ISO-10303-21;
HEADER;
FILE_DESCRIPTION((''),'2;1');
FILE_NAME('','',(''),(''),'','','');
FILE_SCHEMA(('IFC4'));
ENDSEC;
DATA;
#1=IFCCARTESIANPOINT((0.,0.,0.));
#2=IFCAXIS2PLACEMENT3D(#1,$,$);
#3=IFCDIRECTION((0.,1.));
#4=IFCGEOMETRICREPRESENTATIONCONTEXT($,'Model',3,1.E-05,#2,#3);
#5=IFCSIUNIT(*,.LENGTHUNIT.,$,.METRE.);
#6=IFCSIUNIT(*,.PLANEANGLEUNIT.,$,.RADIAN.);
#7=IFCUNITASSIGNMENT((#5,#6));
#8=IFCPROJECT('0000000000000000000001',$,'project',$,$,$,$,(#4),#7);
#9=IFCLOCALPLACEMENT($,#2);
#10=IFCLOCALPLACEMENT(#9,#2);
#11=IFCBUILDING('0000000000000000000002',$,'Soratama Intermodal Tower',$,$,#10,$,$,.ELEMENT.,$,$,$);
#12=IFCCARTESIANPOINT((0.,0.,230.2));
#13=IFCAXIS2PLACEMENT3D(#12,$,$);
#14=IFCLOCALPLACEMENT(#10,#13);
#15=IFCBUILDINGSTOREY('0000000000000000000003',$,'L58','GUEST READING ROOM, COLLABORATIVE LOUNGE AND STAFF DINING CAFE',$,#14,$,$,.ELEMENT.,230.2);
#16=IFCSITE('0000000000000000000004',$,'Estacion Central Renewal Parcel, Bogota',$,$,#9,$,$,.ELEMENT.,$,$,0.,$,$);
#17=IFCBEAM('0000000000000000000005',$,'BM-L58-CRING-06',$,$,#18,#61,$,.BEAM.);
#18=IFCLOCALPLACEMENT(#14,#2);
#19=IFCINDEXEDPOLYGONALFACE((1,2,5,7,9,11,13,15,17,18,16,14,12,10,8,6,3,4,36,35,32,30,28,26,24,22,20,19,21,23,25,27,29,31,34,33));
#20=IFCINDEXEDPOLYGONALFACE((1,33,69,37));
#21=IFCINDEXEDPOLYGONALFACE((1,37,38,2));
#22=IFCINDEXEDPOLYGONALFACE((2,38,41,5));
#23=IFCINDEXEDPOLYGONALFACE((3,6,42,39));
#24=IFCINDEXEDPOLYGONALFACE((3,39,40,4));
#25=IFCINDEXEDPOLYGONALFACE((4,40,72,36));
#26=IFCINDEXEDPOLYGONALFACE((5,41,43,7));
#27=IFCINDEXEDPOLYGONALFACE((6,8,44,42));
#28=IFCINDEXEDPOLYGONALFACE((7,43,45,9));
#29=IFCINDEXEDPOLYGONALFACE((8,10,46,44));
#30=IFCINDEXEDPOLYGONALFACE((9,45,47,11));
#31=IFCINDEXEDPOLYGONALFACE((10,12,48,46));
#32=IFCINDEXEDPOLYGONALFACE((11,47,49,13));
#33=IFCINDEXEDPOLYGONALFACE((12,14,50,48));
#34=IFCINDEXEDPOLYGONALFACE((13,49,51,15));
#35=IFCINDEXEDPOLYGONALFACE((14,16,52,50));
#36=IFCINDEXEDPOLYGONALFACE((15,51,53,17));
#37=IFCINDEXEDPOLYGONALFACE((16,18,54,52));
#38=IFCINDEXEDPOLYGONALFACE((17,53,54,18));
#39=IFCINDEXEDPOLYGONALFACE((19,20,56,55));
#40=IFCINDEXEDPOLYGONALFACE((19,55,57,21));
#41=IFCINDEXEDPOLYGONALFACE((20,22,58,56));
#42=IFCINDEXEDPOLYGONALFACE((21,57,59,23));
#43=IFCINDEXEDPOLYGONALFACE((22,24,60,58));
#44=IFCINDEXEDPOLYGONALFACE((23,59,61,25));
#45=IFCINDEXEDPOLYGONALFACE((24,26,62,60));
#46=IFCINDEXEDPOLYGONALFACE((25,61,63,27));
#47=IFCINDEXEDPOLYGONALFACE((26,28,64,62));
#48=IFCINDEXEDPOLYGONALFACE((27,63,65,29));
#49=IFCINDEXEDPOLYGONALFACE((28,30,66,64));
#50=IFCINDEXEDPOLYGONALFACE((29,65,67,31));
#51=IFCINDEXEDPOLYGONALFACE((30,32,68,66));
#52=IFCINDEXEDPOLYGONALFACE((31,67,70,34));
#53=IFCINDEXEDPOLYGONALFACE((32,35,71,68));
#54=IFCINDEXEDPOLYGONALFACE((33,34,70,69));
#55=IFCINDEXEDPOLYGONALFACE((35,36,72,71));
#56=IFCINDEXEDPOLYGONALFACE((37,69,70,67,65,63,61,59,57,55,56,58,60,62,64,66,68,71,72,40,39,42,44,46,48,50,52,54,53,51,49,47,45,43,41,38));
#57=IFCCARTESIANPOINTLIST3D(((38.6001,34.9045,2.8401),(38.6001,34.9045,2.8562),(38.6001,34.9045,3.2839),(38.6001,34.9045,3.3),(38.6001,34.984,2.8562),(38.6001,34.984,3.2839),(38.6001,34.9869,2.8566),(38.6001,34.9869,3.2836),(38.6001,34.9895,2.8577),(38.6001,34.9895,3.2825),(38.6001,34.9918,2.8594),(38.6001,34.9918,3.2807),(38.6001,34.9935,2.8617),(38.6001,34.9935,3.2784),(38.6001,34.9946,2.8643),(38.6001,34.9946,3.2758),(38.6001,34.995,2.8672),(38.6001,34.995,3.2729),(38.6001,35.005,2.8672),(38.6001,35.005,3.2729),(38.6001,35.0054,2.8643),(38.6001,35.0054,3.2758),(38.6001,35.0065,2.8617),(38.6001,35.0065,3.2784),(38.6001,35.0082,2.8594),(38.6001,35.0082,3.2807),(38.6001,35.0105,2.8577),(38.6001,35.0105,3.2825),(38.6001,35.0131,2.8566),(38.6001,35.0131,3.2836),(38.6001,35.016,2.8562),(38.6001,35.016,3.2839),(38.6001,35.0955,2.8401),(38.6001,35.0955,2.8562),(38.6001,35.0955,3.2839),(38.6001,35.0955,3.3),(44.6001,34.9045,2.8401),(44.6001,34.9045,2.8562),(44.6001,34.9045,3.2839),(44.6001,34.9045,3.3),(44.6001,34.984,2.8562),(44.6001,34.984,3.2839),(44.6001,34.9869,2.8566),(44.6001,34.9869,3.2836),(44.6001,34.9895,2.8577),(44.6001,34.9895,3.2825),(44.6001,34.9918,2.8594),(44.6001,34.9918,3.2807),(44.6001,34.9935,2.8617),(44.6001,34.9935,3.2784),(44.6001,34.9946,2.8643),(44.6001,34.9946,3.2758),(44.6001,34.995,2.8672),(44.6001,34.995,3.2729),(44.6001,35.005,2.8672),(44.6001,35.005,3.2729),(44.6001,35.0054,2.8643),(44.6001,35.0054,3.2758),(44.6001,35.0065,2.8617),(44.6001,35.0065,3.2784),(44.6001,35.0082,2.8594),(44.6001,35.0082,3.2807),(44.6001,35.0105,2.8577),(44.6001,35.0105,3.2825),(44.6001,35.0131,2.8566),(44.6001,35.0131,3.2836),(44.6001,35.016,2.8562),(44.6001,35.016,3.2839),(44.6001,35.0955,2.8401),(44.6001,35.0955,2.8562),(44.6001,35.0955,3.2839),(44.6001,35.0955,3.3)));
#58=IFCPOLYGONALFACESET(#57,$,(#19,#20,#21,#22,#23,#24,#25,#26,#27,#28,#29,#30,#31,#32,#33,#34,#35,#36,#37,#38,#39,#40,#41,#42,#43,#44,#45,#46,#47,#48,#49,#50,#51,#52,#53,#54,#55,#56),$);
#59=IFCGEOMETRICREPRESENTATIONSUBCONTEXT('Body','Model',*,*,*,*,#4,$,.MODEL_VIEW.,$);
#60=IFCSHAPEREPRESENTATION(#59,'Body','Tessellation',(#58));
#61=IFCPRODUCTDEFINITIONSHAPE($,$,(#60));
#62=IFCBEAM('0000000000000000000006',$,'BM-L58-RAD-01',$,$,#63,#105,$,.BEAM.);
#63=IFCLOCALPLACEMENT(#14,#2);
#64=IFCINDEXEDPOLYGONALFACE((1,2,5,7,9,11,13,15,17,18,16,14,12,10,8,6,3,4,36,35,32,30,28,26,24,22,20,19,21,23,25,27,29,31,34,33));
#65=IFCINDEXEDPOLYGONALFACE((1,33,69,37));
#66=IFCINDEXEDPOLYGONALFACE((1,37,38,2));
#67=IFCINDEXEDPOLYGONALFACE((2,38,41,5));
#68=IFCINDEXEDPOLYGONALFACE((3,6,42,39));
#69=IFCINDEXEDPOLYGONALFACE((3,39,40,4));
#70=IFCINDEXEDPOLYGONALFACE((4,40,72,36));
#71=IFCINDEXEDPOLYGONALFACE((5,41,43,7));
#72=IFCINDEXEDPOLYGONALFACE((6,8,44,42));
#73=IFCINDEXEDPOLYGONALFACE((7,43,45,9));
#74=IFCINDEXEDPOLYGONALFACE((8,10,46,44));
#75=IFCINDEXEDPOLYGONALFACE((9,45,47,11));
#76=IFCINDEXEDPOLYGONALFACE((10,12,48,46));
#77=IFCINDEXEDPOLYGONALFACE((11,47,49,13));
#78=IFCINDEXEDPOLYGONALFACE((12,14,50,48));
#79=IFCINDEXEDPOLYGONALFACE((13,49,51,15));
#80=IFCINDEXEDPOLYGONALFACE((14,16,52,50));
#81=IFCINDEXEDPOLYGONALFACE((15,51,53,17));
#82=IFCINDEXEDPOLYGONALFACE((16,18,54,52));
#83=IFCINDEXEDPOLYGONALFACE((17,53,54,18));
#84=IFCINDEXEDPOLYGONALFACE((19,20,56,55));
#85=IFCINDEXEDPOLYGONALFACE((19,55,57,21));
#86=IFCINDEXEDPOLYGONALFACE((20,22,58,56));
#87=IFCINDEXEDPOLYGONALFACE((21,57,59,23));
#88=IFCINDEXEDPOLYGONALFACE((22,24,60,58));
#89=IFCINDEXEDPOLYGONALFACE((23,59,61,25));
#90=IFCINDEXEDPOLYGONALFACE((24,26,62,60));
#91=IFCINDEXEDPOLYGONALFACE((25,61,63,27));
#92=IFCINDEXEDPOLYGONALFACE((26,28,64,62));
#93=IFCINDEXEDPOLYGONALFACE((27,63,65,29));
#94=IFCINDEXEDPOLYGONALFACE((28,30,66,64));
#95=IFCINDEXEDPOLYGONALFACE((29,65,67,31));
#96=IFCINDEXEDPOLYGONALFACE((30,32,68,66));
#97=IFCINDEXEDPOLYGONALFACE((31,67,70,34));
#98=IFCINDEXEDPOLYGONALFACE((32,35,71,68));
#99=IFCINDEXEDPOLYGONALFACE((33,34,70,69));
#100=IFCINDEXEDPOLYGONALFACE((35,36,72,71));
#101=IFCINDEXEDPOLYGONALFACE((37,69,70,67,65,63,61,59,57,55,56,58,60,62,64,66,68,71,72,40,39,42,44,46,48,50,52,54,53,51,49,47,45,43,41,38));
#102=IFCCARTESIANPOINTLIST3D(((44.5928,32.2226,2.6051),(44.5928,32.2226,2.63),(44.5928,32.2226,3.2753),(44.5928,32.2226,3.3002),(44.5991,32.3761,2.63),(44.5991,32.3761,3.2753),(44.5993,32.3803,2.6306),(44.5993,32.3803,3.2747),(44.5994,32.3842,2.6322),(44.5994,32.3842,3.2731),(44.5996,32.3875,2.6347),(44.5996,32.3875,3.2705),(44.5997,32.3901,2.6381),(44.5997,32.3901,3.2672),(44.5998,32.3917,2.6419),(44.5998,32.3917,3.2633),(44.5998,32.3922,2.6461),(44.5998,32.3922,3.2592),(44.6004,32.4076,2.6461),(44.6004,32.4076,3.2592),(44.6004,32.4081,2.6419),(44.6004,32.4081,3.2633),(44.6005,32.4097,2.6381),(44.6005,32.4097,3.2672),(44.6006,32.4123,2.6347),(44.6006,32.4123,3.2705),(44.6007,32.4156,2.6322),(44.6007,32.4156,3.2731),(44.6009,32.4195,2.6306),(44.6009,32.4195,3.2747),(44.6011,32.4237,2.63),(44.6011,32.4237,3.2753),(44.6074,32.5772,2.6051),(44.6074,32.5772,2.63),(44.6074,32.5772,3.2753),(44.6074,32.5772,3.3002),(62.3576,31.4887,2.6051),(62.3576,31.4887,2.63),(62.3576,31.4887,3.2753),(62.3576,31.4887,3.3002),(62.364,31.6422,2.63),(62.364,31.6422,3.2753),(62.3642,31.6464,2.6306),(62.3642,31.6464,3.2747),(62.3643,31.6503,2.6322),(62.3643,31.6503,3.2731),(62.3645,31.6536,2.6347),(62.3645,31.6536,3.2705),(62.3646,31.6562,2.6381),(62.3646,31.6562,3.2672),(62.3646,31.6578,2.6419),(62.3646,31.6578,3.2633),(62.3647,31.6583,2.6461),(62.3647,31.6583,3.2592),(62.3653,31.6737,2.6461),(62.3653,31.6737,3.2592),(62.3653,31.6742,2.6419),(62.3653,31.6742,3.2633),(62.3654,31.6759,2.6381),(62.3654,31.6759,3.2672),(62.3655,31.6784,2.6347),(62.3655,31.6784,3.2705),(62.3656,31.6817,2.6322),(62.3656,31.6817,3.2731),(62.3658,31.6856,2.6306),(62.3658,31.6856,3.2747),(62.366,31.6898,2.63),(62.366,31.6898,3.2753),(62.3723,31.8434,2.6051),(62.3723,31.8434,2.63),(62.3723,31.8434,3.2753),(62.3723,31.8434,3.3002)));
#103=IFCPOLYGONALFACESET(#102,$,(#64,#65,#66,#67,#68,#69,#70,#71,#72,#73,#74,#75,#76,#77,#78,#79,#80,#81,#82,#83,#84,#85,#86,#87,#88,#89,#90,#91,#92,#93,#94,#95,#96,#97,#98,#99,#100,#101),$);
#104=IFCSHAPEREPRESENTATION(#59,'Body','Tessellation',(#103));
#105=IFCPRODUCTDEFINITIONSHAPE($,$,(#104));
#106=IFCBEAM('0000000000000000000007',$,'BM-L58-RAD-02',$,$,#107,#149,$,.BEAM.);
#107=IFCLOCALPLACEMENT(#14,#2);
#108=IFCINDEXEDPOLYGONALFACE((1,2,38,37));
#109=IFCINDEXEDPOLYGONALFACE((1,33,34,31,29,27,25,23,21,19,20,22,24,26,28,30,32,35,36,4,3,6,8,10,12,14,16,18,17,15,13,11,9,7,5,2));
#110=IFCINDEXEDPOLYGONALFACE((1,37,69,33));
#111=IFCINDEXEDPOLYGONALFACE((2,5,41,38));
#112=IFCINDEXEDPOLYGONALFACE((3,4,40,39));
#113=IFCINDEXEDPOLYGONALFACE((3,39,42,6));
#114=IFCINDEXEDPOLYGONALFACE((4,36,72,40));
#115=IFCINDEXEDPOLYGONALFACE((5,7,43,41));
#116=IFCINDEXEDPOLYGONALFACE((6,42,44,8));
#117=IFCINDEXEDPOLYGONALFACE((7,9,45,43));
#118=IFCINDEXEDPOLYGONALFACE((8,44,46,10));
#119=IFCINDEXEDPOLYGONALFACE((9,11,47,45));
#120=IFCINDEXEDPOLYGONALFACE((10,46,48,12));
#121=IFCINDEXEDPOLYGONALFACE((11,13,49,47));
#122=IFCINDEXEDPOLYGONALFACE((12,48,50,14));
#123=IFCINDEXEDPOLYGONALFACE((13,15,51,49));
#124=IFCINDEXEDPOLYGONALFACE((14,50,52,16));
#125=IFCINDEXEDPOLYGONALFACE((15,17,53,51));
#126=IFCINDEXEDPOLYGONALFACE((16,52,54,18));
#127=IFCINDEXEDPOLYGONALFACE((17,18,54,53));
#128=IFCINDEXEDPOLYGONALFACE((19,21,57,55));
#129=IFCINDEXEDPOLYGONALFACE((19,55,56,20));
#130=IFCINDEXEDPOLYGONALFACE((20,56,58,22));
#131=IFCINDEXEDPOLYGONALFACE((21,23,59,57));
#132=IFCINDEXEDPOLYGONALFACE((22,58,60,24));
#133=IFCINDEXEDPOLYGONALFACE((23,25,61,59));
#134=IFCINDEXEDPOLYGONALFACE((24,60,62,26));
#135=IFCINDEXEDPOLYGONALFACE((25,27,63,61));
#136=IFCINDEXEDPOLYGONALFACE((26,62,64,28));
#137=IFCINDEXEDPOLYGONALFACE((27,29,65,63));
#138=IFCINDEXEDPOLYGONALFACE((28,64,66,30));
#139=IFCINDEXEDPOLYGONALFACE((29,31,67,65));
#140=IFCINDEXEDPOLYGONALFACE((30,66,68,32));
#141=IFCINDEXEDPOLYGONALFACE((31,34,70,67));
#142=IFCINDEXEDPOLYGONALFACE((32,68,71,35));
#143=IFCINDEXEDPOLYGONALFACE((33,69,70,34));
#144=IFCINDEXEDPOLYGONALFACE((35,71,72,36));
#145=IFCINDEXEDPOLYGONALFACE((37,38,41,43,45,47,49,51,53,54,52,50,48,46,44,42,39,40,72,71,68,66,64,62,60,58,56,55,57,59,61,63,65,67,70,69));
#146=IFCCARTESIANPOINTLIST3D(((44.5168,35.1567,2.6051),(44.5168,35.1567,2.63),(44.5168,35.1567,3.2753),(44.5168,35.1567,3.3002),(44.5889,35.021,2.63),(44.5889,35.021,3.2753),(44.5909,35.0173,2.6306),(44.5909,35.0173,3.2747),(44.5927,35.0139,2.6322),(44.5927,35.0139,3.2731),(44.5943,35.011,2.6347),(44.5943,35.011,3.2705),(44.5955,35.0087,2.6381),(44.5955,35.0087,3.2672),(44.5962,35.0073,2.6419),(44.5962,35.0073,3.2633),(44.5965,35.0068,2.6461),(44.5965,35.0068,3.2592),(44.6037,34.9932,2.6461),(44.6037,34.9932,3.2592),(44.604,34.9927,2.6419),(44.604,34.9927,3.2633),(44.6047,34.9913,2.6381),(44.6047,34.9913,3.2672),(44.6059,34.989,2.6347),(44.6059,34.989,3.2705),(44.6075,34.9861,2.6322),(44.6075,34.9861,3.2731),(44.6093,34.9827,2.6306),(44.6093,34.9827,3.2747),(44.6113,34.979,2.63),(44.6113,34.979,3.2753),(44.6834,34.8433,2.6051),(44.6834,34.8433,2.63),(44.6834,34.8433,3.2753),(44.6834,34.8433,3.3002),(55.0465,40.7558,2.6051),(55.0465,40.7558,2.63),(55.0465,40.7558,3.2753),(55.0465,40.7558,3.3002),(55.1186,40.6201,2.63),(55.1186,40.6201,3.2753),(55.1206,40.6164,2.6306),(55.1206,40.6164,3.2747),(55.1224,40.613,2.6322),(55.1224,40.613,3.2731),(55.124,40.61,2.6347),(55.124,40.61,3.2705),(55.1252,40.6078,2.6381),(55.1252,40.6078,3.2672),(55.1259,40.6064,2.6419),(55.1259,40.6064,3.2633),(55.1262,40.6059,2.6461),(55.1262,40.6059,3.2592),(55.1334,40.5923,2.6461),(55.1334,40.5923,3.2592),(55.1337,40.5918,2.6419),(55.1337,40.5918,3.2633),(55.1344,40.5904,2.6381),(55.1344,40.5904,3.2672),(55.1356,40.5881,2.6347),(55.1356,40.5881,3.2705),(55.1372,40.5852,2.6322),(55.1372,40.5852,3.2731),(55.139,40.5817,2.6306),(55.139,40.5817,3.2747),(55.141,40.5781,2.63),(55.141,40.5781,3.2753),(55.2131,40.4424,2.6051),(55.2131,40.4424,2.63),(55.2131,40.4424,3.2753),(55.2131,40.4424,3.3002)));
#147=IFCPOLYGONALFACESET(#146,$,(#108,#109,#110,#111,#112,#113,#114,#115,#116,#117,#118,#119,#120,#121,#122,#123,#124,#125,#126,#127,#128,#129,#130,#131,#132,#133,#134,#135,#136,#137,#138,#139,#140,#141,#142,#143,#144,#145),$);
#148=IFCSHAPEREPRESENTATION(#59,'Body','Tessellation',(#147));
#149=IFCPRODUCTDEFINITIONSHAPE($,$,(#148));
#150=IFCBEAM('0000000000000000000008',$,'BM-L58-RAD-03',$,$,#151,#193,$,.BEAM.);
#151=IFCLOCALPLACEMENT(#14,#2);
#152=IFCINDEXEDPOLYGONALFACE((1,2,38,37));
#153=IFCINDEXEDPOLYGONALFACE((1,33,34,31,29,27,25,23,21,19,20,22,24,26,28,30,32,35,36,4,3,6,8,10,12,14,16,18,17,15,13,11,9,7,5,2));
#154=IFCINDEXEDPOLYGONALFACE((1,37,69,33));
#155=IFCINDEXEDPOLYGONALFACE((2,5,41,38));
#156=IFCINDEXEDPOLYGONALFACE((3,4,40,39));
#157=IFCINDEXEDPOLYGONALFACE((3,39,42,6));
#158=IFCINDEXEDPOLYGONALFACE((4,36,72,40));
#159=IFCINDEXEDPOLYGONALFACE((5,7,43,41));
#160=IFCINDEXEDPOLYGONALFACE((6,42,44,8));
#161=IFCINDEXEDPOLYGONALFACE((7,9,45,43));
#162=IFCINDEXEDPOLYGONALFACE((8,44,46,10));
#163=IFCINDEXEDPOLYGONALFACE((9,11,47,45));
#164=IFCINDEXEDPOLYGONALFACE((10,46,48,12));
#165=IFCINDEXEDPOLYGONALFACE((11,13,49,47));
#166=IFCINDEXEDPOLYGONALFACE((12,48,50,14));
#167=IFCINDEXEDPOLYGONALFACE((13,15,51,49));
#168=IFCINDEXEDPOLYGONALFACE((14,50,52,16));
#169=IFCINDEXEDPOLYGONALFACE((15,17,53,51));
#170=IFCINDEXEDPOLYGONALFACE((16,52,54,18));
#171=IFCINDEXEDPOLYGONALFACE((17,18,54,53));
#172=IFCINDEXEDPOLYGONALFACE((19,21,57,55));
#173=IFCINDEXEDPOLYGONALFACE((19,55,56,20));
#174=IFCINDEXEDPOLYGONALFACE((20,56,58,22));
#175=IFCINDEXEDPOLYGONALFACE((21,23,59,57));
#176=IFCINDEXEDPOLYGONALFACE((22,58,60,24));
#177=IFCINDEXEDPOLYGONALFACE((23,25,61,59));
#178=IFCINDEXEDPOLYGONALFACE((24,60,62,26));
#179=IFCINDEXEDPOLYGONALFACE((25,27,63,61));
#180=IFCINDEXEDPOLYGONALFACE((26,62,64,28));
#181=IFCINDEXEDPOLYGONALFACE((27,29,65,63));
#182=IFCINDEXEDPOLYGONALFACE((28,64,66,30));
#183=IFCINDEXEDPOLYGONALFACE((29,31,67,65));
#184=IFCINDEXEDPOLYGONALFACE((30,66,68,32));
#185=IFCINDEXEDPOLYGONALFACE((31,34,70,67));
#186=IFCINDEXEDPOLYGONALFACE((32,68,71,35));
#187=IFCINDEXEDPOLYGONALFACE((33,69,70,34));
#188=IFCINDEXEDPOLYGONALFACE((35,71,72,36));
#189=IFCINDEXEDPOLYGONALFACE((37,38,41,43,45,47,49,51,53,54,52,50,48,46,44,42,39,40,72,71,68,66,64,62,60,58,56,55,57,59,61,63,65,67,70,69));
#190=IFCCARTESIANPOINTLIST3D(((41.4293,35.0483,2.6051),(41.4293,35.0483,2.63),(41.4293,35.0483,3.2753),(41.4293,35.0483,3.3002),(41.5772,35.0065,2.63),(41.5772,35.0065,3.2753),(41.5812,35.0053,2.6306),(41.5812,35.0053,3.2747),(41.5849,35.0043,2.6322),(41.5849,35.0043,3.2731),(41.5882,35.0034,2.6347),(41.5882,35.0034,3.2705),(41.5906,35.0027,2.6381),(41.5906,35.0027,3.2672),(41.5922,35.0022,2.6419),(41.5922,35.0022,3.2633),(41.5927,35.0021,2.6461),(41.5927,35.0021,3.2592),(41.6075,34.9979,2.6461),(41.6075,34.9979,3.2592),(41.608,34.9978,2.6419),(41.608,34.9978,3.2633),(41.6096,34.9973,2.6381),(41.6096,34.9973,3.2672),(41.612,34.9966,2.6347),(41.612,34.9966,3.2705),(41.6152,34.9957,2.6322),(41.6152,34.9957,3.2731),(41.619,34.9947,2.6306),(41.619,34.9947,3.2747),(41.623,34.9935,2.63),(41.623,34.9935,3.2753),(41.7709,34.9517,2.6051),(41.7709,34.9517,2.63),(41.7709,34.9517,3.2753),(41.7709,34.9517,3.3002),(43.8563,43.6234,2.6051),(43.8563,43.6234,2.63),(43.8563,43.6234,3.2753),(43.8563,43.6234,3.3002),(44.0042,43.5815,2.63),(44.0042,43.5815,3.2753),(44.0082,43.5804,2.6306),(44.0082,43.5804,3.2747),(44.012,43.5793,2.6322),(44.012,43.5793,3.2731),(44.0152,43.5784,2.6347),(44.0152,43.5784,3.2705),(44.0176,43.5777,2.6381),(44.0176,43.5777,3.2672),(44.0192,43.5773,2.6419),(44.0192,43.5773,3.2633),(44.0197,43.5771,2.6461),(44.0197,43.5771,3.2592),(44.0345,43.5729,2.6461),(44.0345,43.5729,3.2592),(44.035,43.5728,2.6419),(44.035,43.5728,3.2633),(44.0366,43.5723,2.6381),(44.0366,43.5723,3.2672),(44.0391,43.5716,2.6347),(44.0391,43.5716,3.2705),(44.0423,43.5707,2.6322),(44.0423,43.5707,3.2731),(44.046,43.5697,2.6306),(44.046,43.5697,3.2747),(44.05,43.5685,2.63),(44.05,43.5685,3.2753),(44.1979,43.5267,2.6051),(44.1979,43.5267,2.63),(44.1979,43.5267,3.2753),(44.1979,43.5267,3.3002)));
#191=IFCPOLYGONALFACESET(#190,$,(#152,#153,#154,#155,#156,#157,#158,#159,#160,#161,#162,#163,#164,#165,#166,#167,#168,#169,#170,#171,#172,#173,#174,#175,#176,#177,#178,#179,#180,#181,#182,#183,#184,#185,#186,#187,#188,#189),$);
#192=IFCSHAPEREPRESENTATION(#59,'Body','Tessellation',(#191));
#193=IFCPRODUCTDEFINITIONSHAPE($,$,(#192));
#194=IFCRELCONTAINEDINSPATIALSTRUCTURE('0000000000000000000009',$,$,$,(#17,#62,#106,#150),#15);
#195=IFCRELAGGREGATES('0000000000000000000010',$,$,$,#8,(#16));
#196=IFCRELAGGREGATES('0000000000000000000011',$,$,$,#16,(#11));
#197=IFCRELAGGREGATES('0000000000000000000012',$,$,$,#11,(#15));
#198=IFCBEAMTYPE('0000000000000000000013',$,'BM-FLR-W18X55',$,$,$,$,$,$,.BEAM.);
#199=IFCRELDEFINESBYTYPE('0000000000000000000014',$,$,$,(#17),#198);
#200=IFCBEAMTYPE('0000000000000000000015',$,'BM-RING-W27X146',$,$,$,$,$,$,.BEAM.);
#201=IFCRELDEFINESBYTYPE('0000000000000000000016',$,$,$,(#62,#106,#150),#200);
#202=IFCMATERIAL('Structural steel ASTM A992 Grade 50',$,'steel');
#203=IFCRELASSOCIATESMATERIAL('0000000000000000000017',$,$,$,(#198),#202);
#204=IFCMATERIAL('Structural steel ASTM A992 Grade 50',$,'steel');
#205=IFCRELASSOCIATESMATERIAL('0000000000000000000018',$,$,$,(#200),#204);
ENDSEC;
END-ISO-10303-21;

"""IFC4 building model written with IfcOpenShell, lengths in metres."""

from ifc_helpers import new_model, si_unit, direction, frame, origin, origin_2d, place, context, subcontext, project, spatial, i_section, extrude, material, material_profile, profile_set, type_object, element, save


model = new_model("IFC4")

# Units and contexts
model_context = context("Model", 3, precision=1e-05, world=origin(), true_north=direction((0.0, 1.0)))
body_context = subcontext(model_context, "Body", "Model", "MODEL_VIEW")
ifc_project = project(units=[si_unit("LENGTHUNIT", "METRE"), si_unit("PLANEANGLEUNIT", "RADIAN")], contexts=[model_context])

# Site, building, storey
site_placement = place(None, origin())
site = spatial("IfcSite", under=ifc_project, at=site_placement, Name="Estacion Central Renewal Parcel, Bogota", CompositionType="ELEMENT", RefElevation=0.0)
building_placement = place(site_placement, origin())
building = spatial("IfcBuilding", under=site, at=building_placement, Name="Soratama Intermodal Tower", CompositionType="ELEMENT")
storey_placement = place(building_placement, frame((0.0, 0.0, 230.2)))
storey = spatial("IfcBuildingStorey", under=building, at=storey_placement, Name="L58", Description="GUEST READING ROOM, COLLABORATIVE LOUNGE AND STAFF DINING CAFE", CompositionType="ELEMENT", Elevation=230.2)

# Beams
ifc_material_1 = material(Name="Structural steel ASTM A992 Grade 50", Category="steel")
ifc_material_profile_1 = material_profile(ifc_material_1, i_section(OverallWidth=0.1909, OverallDepth=0.46, WebThickness=0.01, FlangeThickness=0.0161, FilletRadius=0.011, at=origin_2d()), Name="W18X55")
ifc_profile_set_1 = profile_set([ifc_material_profile_1], Name="Structural steel ASTM A992 Grade 50")
beam_type_1 = type_object("IfcBeamType", Name="BM-FLR-W18X55", PredefinedType="BEAM", material=ifc_profile_set_1)
beam_1_placement = place(storey_placement, frame((44.6001, 35.0, 3.0701), z_axis=(-1.0, 0.0, 0.0), x_axis=(0.0, -1.0, 0.0)))
element("IfcBeam", 1, at=beam_1_placement, inside=storey, type_object=beam_type_1, Name="BM-L58-CRING-06", PredefinedType="BEAM", context=body_context, shape_type="SweptSolid", body=[
    extrude(i_section(OverallWidth=0.1909, OverallDepth=0.46, WebThickness=0.01, FlangeThickness=0.0161, FilletRadius=0.011, at=origin_2d()), origin(), (0.0, 0.0, 1.0), 6.0),
])
ifc_material_2 = material(Name="Structural steel ASTM A992 Grade 50", Category="steel")
ifc_material_profile_2 = material_profile(ifc_material_2, i_section(OverallWidth=0.355, OverallDepth=0.6951, WebThickness=0.0154, FlangeThickness=0.0249, FilletRadius=0.0161, at=origin_2d()), Name="W27X146")
ifc_profile_set_2 = profile_set([ifc_material_profile_2], Name="Structural steel ASTM A992 Grade 50")
beam_type_2 = type_object("IfcBeamType", Name="BM-RING-W27X146", PredefinedType="BEAM", material=ifc_profile_set_2)
beam_2_placement = place(storey_placement, frame((44.6001, 32.3999, 2.9526), z_axis=(0.999148, -0.041276, 0.0), x_axis=(0.041276, 0.999148, 0.0)))
element("IfcBeam", 2, at=beam_2_placement, inside=storey, type_object=beam_type_2, Name="BM-L58-RAD-01", PredefinedType="BEAM", context=body_context, shape_type="SweptSolid", body=[
    extrude(i_section(OverallWidth=0.355, OverallDepth=0.6951, WebThickness=0.0154, FlangeThickness=0.0249, FilletRadius=0.0161, at=origin_2d()), origin(), (0.0, 0.0, 1.0), 17.78),
])
beam_3_placement = place(storey_placement, frame((44.6001, 35.0, 2.9526), z_axis=(0.882936, 0.469493, 0.0), x_axis=(-0.469493, 0.882936, 0.0)))
element("IfcBeam", 3, at=beam_3_placement, inside=storey, type_object=beam_type_2, Name="BM-L58-RAD-02", PredefinedType="BEAM", context=body_context, shape_type="SweptSolid", body=[
    extrude(i_section(OverallWidth=0.355, OverallDepth=0.6951, WebThickness=0.0154, FlangeThickness=0.0249, FilletRadius=0.0161, at=origin_2d()), origin(), (0.0, 0.0, 1.0), 11.9258),
])
beam_4_placement = place(storey_placement, frame((41.6001, 35.0, 2.9526), z_axis=(0.272336, 0.962202, 0.0), x_axis=(-0.962202, 0.272336, 0.0)))
element("IfcBeam", 4, at=beam_4_placement, inside=storey, type_object=beam_type_2, Name="BM-L58-RAD-03", PredefinedType="BEAM", context=body_context, shape_type="SweptSolid", body=[
    extrude(i_section(OverallWidth=0.355, OverallDepth=0.6951, WebThickness=0.0154, FlangeThickness=0.0249, FilletRadius=0.0161, at=origin_2d()), origin(), (0.0, 0.0, 1.0), 8.9119),
])

save(model, "model.ifc")
